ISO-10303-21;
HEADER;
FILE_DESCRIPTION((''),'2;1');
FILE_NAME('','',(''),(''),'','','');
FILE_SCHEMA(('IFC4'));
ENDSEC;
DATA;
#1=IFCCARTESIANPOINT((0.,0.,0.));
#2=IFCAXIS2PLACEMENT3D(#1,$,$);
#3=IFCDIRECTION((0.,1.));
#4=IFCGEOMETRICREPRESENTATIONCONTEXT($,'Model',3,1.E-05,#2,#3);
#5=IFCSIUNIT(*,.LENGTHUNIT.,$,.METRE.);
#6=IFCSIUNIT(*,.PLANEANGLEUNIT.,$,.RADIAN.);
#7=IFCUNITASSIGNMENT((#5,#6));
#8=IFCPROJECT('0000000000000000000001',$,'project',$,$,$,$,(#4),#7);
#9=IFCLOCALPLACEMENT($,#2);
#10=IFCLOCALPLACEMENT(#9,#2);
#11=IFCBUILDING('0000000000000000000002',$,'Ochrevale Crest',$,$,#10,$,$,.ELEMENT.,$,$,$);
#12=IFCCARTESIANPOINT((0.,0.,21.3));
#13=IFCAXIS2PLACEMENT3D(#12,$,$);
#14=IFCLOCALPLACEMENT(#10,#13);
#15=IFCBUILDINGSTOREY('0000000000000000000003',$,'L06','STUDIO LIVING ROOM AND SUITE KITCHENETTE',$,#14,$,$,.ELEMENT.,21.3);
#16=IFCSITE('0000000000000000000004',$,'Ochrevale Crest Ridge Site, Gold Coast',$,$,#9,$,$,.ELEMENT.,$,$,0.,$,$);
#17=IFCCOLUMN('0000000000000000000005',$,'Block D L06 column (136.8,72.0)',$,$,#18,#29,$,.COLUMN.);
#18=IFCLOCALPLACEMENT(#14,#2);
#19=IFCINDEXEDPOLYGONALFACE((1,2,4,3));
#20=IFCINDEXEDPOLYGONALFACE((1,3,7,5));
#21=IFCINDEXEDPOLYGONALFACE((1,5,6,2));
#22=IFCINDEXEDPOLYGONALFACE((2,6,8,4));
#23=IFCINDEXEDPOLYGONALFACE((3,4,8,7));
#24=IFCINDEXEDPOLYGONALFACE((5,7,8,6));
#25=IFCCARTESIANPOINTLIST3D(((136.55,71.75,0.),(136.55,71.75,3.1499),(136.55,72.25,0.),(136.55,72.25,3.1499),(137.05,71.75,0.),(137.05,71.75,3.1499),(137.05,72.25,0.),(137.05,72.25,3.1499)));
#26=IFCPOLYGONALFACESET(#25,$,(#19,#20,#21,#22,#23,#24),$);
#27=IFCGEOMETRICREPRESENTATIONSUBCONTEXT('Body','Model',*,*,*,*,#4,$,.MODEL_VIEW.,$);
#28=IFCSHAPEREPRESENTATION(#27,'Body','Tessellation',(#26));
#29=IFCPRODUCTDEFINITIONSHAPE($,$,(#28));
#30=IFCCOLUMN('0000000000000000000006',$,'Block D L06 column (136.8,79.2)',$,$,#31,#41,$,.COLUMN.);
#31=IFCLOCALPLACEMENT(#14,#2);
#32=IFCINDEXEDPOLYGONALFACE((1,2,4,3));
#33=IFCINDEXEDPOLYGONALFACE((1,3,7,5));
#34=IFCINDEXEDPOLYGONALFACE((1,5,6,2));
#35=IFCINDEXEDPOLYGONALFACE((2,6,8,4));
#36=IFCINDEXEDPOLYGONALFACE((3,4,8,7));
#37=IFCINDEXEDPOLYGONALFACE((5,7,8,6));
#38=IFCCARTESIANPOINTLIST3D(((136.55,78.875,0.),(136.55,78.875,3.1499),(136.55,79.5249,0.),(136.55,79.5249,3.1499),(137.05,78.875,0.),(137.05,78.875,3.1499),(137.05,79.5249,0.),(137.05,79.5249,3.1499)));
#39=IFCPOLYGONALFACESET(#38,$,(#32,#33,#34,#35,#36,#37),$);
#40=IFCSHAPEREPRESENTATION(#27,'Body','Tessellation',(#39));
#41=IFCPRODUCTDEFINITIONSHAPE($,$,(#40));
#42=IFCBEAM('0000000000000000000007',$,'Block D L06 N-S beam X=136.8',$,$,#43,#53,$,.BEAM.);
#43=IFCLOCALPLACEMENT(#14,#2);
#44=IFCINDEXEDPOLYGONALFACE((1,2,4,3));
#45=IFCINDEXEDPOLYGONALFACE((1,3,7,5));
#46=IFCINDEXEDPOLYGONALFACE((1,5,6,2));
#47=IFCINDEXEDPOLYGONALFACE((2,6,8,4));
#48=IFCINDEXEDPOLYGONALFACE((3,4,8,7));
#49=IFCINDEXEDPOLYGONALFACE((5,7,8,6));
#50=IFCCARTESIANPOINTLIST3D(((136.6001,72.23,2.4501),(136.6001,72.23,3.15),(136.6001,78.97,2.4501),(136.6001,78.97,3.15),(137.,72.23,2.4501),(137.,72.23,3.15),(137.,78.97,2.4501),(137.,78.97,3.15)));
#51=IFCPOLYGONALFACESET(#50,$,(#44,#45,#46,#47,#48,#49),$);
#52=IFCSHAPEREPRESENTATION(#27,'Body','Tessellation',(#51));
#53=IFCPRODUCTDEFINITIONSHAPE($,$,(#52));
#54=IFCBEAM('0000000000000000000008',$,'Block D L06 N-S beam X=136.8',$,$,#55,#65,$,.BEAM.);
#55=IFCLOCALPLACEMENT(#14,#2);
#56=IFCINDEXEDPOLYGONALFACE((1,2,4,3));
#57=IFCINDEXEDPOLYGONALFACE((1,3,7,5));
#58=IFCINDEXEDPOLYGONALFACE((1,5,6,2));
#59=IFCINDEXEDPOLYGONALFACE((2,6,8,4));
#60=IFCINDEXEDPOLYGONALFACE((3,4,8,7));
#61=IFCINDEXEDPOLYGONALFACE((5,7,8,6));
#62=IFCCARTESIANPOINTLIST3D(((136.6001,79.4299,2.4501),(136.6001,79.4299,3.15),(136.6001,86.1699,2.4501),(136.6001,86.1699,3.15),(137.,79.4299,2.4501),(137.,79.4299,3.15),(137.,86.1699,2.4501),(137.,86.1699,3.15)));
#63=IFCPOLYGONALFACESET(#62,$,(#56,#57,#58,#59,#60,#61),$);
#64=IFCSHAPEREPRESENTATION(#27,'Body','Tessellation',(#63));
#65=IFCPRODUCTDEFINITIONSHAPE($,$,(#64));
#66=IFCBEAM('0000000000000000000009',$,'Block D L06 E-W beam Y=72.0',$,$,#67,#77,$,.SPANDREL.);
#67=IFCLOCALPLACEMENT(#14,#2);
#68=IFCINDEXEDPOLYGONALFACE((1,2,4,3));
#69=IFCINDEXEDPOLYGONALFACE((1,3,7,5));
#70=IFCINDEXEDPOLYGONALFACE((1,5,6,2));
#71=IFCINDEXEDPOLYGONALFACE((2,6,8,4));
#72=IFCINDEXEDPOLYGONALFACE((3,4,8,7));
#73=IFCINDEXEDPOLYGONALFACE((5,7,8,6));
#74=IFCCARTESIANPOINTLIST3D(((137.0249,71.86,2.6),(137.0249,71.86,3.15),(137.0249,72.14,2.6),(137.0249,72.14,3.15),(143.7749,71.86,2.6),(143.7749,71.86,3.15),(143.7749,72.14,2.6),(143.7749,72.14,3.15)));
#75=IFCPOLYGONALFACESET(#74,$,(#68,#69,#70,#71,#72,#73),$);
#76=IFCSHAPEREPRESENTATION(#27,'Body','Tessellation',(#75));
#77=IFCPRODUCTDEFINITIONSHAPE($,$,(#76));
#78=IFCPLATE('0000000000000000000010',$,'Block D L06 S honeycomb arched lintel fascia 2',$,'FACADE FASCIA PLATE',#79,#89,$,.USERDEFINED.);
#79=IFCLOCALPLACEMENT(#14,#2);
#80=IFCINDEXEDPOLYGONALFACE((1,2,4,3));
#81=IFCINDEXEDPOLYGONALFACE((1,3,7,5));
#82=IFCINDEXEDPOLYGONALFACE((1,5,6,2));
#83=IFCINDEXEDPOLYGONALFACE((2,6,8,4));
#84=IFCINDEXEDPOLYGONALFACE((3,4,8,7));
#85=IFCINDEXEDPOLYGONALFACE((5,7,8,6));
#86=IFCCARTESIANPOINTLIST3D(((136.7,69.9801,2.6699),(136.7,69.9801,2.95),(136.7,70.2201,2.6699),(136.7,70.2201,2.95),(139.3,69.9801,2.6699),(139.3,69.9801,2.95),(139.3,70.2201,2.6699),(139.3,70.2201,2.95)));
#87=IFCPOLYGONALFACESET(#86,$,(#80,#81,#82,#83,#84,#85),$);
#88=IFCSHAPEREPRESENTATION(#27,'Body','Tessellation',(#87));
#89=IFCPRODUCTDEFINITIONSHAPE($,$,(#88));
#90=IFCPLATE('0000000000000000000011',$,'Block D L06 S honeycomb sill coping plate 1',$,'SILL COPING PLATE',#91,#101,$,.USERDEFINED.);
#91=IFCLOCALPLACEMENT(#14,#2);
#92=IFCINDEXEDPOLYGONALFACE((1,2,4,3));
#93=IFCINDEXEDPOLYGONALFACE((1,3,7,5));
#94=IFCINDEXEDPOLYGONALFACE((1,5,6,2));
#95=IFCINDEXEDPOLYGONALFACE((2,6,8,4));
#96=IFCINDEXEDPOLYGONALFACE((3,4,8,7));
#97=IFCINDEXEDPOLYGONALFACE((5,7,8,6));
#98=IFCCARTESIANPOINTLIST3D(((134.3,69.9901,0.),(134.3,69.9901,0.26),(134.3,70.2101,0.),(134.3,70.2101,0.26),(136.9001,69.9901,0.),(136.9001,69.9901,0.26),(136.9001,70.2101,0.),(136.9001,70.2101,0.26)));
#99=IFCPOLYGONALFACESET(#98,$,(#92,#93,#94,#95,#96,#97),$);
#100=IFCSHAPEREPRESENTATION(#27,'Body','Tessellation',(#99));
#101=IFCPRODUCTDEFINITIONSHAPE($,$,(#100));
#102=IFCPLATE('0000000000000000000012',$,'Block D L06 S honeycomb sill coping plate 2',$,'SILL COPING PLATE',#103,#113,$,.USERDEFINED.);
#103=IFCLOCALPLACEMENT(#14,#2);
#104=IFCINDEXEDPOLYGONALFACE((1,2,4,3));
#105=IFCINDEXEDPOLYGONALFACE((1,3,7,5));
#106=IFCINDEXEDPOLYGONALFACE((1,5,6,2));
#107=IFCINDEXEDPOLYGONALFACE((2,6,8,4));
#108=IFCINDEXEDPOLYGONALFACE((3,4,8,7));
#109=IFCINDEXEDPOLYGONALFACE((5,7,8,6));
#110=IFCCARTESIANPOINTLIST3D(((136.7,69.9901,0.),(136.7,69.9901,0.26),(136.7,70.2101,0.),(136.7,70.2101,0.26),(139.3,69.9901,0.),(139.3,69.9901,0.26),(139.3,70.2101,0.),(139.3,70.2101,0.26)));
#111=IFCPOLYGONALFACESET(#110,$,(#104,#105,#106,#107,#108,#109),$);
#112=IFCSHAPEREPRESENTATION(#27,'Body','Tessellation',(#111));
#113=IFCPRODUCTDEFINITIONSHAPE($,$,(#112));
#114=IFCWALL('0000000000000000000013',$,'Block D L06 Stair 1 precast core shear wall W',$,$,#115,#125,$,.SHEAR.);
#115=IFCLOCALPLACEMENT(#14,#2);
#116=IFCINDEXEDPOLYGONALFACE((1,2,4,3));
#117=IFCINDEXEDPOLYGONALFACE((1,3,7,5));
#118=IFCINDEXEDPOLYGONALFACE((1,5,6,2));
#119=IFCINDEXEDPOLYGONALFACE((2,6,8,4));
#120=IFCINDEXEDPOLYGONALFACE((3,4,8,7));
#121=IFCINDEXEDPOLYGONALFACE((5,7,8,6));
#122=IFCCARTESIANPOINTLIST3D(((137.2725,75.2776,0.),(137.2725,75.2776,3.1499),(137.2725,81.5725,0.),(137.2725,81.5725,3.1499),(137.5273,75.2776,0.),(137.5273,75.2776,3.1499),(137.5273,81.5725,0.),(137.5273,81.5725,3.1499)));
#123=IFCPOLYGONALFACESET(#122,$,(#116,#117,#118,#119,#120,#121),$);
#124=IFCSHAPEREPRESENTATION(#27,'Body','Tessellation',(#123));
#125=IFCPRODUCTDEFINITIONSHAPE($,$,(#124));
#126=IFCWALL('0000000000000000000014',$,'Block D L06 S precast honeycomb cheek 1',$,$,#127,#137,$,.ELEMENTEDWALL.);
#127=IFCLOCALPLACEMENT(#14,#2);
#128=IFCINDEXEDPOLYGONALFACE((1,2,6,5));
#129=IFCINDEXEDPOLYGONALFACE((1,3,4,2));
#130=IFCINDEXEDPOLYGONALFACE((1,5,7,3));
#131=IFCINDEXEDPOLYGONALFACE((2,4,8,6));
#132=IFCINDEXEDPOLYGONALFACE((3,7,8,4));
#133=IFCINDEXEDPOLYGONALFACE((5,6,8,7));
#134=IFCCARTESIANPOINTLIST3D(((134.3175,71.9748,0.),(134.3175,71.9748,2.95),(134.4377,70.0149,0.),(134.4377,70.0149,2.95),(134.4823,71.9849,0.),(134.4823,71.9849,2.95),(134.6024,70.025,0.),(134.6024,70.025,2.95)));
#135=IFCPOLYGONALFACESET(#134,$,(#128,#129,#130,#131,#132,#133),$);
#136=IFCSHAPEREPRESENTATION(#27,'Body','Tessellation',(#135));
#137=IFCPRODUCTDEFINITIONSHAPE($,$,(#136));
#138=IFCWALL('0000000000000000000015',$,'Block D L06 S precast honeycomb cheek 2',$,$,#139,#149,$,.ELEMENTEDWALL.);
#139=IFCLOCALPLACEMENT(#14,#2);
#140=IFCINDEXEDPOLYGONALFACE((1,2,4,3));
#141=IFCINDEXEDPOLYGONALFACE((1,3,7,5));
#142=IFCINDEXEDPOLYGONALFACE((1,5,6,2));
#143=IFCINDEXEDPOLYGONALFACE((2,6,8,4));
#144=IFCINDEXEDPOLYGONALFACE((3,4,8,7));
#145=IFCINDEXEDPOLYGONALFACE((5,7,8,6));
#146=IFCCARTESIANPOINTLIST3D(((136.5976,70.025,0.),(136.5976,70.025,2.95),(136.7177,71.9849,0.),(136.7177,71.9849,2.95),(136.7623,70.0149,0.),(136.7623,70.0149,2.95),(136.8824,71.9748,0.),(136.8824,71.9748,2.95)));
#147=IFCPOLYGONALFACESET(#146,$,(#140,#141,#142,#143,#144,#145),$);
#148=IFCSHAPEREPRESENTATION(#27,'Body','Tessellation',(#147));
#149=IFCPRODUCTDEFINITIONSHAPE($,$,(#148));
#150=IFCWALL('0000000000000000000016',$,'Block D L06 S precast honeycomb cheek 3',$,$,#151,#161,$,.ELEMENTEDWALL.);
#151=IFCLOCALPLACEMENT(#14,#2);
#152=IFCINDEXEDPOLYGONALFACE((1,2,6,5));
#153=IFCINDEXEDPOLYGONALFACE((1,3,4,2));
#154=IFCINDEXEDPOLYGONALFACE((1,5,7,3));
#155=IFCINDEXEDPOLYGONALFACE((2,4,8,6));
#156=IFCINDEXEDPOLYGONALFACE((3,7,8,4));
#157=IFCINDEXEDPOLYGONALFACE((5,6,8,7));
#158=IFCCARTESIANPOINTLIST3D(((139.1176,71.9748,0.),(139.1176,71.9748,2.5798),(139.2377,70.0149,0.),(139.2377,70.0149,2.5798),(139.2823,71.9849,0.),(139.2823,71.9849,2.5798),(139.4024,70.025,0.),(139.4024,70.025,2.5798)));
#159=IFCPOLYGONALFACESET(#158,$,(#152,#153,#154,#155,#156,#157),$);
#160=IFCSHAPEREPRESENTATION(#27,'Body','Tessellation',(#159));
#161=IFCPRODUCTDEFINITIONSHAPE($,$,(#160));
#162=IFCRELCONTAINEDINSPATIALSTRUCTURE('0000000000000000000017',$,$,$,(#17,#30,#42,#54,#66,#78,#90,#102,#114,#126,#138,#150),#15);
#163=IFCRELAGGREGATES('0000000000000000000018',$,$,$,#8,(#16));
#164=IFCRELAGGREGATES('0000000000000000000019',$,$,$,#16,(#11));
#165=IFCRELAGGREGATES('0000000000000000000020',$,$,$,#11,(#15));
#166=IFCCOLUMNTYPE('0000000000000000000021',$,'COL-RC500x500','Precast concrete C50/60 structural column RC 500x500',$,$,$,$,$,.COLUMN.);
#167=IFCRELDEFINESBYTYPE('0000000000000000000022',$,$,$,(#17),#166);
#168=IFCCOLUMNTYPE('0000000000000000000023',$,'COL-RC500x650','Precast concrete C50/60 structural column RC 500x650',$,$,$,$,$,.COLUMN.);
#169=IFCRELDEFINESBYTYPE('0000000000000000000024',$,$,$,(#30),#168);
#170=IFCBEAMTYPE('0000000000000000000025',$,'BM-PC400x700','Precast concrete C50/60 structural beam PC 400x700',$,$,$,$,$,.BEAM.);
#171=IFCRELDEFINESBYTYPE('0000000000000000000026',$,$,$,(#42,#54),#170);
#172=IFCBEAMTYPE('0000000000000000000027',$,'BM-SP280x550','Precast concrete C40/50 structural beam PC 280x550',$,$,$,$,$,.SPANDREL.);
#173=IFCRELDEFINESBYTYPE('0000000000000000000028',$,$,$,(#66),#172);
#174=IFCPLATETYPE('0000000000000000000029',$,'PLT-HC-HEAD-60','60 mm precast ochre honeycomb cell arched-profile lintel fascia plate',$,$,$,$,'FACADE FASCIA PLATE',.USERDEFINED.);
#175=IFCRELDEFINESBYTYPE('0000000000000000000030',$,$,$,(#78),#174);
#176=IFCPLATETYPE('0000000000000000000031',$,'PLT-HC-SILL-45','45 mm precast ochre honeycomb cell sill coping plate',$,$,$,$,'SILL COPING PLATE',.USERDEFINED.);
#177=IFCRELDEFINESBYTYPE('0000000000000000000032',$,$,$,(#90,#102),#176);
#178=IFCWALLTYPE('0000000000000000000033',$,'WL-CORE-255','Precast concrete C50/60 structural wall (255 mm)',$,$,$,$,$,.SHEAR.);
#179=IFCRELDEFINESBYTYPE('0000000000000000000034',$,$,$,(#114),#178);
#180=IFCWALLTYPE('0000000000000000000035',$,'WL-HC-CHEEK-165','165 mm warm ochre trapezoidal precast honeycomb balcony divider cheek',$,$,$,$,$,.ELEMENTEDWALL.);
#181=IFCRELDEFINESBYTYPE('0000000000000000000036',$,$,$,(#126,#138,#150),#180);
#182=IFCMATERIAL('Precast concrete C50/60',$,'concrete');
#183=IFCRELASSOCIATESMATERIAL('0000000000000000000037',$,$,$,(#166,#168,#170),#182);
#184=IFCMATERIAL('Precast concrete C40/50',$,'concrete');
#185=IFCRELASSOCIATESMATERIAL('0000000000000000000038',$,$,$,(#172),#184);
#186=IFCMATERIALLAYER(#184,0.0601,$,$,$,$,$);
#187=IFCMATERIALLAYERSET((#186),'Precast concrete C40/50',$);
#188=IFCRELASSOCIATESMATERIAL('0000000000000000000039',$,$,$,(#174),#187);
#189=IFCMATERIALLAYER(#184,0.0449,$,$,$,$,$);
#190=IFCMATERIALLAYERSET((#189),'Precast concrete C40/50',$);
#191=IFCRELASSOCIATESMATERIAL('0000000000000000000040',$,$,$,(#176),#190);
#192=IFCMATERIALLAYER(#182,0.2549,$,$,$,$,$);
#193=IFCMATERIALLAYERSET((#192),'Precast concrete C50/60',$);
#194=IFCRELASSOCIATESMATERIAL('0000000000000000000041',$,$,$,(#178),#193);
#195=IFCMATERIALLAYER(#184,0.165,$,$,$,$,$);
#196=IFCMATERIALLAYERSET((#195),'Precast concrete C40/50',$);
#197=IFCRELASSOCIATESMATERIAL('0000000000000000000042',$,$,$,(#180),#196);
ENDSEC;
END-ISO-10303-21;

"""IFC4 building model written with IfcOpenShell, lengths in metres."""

from ifc_helpers import new_model, si_unit, direction, frame, frame_2d, origin, origin_2d, place, context, subcontext, project, spatial, rectangle, extrude, material, layer, layer_set, material_profile, profile_set, type_object, element, save


model = new_model("IFC4")

# Units and contexts
model_context = context("Model", 3, precision=1e-05, world=origin(), true_north=direction((0.0, 1.0)))
body_context = subcontext(model_context, "Body", "Model", "MODEL_VIEW")
ifc_project = project(units=[si_unit("LENGTHUNIT", "METRE"), si_unit("PLANEANGLEUNIT", "RADIAN")], contexts=[model_context])

# Site, building, storey
site_placement = place(None, origin())
site = spatial("IfcSite", under=ifc_project, at=site_placement, Name="Ochrevale Crest Ridge Site, Gold Coast", CompositionType="ELEMENT", RefElevation=0.0)
building_placement = place(site_placement, origin())
building = spatial("IfcBuilding", under=site, at=building_placement, Name="Ochrevale Crest", CompositionType="ELEMENT")
storey_placement = place(building_placement, frame((0.0, 0.0, 21.3)))
storey = spatial("IfcBuildingStorey", under=building, at=storey_placement, Name="L06", Description="STUDIO LIVING ROOM AND SUITE KITCHENETTE", CompositionType="ELEMENT", Elevation=21.3)

# Columns
ifc_material_1 = material(Name="Precast concrete C50/60", Category="concrete")
ifc_material_profile_1 = material_profile(ifc_material_1, rectangle(XDim=0.5, YDim=0.5, at=origin_2d()), Name="RC 500x500")
ifc_profile_set_1 = profile_set([ifc_material_profile_1], Name="Precast concrete C50/60")
column_type_1 = type_object("IfcColumnType", Name="COL-RC500x500", Description="Precast concrete C50/60 structural column RC 500x500", PredefinedType="COLUMN", material=ifc_profile_set_1)
column_1_placement = place(storey_placement, frame((136.8, 72.0, 0.0), z_axis=(0.0, 0.0, 1.0), x_axis=(1.0, 0.0, 0.0)))
element("IfcColumn", 1, at=column_1_placement, inside=storey, type_object=column_type_1, Name="Block D L06 column (136.8,72.0)", PredefinedType="COLUMN", context=body_context, shape_type="SweptSolid", body=[
    extrude(rectangle(XDim=0.5, YDim=0.5, at=origin_2d()), origin(), (0.0, 0.0, 1.0), 3.1499),
])
ifc_material_profile_2 = material_profile(ifc_material_1, rectangle(XDim=0.5, YDim=0.6499, at=origin_2d()), Name="RC 500x650")
ifc_profile_set_2 = profile_set([ifc_material_profile_2], Name="Precast concrete C50/60")
column_type_2 = type_object("IfcColumnType", Name="COL-RC500x650", Description="Precast concrete C50/60 structural column RC 500x650", PredefinedType="COLUMN", material=ifc_profile_set_2)
column_2_placement = place(storey_placement, frame((136.8, 79.2, 0.0), z_axis=(0.0, 0.0, 1.0), x_axis=(1.0, 0.0, 0.0)))
element("IfcColumn", 2, at=column_2_placement, inside=storey, type_object=column_type_2, Name="Block D L06 column (136.8,79.2)", PredefinedType="COLUMN", context=body_context, shape_type="SweptSolid", body=[
    extrude(rectangle(XDim=0.5, YDim=0.6499, at=origin_2d()), origin(), (0.0, 0.0, 1.0), 3.1499),
])

# Beams
ifc_material_profile_3 = material_profile(ifc_material_1, rectangle(XDim=0.3999, YDim=0.7, at=origin_2d()), Name="PC 400x700")
ifc_profile_set_3 = profile_set([ifc_material_profile_3], Name="Precast concrete C50/60")
beam_type_1 = type_object("IfcBeamType", Name="BM-PC400x700", Description="Precast concrete C50/60 structural beam PC 400x700", PredefinedType="BEAM", material=ifc_profile_set_3)
for number, where, z_axis, x_axis, name in (
    (3, (136.8, 72.23, 2.8), (0.0, 1.0, 0.0), (-1.0, 0.0, 0.0), "Block D L06 N-S beam X=136.8"),
    (4, (136.8, 79.4299, 2.8), (0.0, 1.0, 0.0), (-1.0, 0.0, 0.0), "Block D L06 N-S beam X=136.8"),
):
    element("IfcBeam", number, at=place(storey_placement, frame(where, z_axis=z_axis, x_axis=x_axis)), inside=storey, type_object=beam_type_1, Name=name, PredefinedType="BEAM", context=body_context, shape_type="SweptSolid", body=[
        extrude(rectangle(XDim=0.3999, YDim=0.7, at=origin_2d()), origin(), (0.0, 0.0, 1.0), 6.74),
    ])
ifc_material_2 = material(Name="Precast concrete C40/50", Category="concrete")
ifc_material_profile_4 = material_profile(ifc_material_2, rectangle(XDim=0.28, YDim=0.55, at=origin_2d()), Name="PC 280x550")
ifc_profile_set_4 = profile_set([ifc_material_profile_4], Name="Precast concrete C40/50")
beam_type_2 = type_object("IfcBeamType", Name="BM-SP280x550", Description="Precast concrete C40/50 structural beam PC 280x550", PredefinedType="SPANDREL", material=ifc_profile_set_4)
beam_placement = place(storey_placement, frame((137.0249, 72.0, 2.875), z_axis=(1.0, 0.0, 0.0), x_axis=(0.0, 1.0, 0.0)))
element("IfcBeam", 5, at=beam_placement, inside=storey, type_object=beam_type_2, Name="Block D L06 E-W beam Y=72.0", PredefinedType="SPANDREL", context=body_context, shape_type="SweptSolid", body=[
    extrude(rectangle(XDim=0.28, YDim=0.55, at=origin_2d()), origin(), (0.0, 0.0, 1.0), 6.75),
])

# Plates
ifc_layer_1 = layer(ifc_material_2, 0.0601)
ifc_layer_set_1 = layer_set([ifc_layer_1], Name="Precast concrete C40/50")
plate_type_1 = type_object("IfcPlateType", Name="PLT-HC-HEAD-60", Description="60 mm precast ochre honeycomb cell arched-profile lintel fascia plate", ElementType="FACADE FASCIA PLATE", PredefinedType="USERDEFINED", material=ifc_layer_set_1)
plate_placement = place(storey_placement, frame((138.0, 70.1001, 2.6699), z_axis=(0.0, 0.0, 1.0), x_axis=(1.0, 0.0, 0.0)))
element("IfcPlate", 6, at=plate_placement, inside=storey, type_object=plate_type_1, Name="Block D L06 S honeycomb arched lintel fascia 2", ObjectType="FACADE FASCIA PLATE", PredefinedType="USERDEFINED", context=body_context, shape_type="SweptSolid", body=[
    extrude(rectangle(XDim=2.6001, YDim=0.24, at=origin_2d()), origin(), (0.0, 0.0, 1.0), 0.28),
])
ifc_layer_2 = layer(ifc_material_2, 0.0449)
ifc_layer_set_2 = layer_set([ifc_layer_2], Name="Precast concrete C40/50")
plate_type_2 = type_object("IfcPlateType", Name="PLT-HC-SILL-45", Description="45 mm precast ochre honeycomb cell sill coping plate", ElementType="SILL COPING PLATE", PredefinedType="USERDEFINED", material=ifc_layer_set_2)
for number, where, z_axis, x_axis, name in (
    (7, (135.6001, 70.1001, 0.0), (0.0, 0.0, 1.0), (1.0, 0.0, 0.0), "Block D L06 S honeycomb sill coping plate 1"),
    (8, (138.0, 70.1001, 0.0), (0.0, 0.0, 1.0), (1.0, 0.0, 0.0), "Block D L06 S honeycomb sill coping plate 2"),
):
    element("IfcPlate", number, at=place(storey_placement, frame(where, z_axis=z_axis, x_axis=x_axis)), inside=storey, type_object=plate_type_2, Name=name, ObjectType="SILL COPING PLATE", PredefinedType="USERDEFINED", context=body_context, shape_type="SweptSolid", body=[
        extrude(rectangle(XDim=2.6001, YDim=0.22, at=origin_2d()), origin(), (0.0, 0.0, 1.0), 0.26),
    ])

# Walls
ifc_layer_3 = layer(ifc_material_1, 0.2549)
ifc_layer_set_3 = layer_set([ifc_layer_3], Name="Precast concrete C50/60")
wall_type_1 = type_object("IfcWallType", Name="WL-CORE-255", Description="Precast concrete C50/60 structural wall (255 mm)", PredefinedType="SHEAR", material=ifc_layer_set_3)
wall_1_placement = place(storey_placement, frame((137.3999, 75.2776, 0.0), z_axis=(0.0, 0.0, 1.0), x_axis=(0.0, 1.0, 0.0)))
element("IfcWall", 9, at=wall_1_placement, inside=storey, type_object=wall_type_1, Name="Block D L06 Stair 1 precast core shear wall W", PredefinedType="SHEAR", context=body_context, shape_type="SweptSolid", body=[
    extrude(rectangle(XDim=6.2949, YDim=0.2549, at=frame_2d((3.1475, 0.0))), origin(), (0.0, 0.0, 1.0), 3.1499),
])
ifc_layer_4 = layer(ifc_material_2, 0.165)
ifc_layer_set_4 = layer_set([ifc_layer_4], Name="Precast concrete C40/50")
wall_type_2 = type_object("IfcWallType", Name="WL-HC-CHEEK-165", Description="165 mm warm ochre trapezoidal precast honeycomb balcony divider cheek", PredefinedType="ELEMENTEDWALL", material=ifc_layer_set_4)
for number, where, z_axis, x_axis, name in (
    (10, (134.3999, 71.98, 0.0), (0.0, 0.0, 1.0), (0.061171, -0.998127, 0.0), "Block D L06 S precast honeycomb cheek 1"),
    (11, (136.8, 71.98, 0.0), (0.0, 0.0, 1.0), (-0.061171, -0.998127, 0.0), "Block D L06 S precast honeycomb cheek 2"),
):
    element("IfcWall", number, at=place(storey_placement, frame(where, z_axis=z_axis, x_axis=x_axis)), inside=storey, type_object=wall_type_2, Name=name, PredefinedType="ELEMENTEDWALL", context=body_context, shape_type="SweptSolid", body=[
        extrude(rectangle(XDim=1.9636, YDim=0.165, at=frame_2d((0.9819, 0.0))), origin(), (0.0, 0.0, 1.0), 2.95),
    ])
wall_2_placement = place(storey_placement, frame((139.2, 71.98, 0.0), z_axis=(0.0, 0.0, 1.0), x_axis=(0.061171, -0.998127, 0.0)))
element("IfcWall", 12, at=wall_2_placement, inside=storey, type_object=wall_type_2, Name="Block D L06 S precast honeycomb cheek 3", PredefinedType="ELEMENTEDWALL", context=body_context, shape_type="SweptSolid", body=[
    extrude(rectangle(XDim=1.9636, YDim=0.165, at=frame_2d((0.9819, 0.0))), origin(), (0.0, 0.0, 1.0), 2.5798),
])

save(model, "model.ifc")
